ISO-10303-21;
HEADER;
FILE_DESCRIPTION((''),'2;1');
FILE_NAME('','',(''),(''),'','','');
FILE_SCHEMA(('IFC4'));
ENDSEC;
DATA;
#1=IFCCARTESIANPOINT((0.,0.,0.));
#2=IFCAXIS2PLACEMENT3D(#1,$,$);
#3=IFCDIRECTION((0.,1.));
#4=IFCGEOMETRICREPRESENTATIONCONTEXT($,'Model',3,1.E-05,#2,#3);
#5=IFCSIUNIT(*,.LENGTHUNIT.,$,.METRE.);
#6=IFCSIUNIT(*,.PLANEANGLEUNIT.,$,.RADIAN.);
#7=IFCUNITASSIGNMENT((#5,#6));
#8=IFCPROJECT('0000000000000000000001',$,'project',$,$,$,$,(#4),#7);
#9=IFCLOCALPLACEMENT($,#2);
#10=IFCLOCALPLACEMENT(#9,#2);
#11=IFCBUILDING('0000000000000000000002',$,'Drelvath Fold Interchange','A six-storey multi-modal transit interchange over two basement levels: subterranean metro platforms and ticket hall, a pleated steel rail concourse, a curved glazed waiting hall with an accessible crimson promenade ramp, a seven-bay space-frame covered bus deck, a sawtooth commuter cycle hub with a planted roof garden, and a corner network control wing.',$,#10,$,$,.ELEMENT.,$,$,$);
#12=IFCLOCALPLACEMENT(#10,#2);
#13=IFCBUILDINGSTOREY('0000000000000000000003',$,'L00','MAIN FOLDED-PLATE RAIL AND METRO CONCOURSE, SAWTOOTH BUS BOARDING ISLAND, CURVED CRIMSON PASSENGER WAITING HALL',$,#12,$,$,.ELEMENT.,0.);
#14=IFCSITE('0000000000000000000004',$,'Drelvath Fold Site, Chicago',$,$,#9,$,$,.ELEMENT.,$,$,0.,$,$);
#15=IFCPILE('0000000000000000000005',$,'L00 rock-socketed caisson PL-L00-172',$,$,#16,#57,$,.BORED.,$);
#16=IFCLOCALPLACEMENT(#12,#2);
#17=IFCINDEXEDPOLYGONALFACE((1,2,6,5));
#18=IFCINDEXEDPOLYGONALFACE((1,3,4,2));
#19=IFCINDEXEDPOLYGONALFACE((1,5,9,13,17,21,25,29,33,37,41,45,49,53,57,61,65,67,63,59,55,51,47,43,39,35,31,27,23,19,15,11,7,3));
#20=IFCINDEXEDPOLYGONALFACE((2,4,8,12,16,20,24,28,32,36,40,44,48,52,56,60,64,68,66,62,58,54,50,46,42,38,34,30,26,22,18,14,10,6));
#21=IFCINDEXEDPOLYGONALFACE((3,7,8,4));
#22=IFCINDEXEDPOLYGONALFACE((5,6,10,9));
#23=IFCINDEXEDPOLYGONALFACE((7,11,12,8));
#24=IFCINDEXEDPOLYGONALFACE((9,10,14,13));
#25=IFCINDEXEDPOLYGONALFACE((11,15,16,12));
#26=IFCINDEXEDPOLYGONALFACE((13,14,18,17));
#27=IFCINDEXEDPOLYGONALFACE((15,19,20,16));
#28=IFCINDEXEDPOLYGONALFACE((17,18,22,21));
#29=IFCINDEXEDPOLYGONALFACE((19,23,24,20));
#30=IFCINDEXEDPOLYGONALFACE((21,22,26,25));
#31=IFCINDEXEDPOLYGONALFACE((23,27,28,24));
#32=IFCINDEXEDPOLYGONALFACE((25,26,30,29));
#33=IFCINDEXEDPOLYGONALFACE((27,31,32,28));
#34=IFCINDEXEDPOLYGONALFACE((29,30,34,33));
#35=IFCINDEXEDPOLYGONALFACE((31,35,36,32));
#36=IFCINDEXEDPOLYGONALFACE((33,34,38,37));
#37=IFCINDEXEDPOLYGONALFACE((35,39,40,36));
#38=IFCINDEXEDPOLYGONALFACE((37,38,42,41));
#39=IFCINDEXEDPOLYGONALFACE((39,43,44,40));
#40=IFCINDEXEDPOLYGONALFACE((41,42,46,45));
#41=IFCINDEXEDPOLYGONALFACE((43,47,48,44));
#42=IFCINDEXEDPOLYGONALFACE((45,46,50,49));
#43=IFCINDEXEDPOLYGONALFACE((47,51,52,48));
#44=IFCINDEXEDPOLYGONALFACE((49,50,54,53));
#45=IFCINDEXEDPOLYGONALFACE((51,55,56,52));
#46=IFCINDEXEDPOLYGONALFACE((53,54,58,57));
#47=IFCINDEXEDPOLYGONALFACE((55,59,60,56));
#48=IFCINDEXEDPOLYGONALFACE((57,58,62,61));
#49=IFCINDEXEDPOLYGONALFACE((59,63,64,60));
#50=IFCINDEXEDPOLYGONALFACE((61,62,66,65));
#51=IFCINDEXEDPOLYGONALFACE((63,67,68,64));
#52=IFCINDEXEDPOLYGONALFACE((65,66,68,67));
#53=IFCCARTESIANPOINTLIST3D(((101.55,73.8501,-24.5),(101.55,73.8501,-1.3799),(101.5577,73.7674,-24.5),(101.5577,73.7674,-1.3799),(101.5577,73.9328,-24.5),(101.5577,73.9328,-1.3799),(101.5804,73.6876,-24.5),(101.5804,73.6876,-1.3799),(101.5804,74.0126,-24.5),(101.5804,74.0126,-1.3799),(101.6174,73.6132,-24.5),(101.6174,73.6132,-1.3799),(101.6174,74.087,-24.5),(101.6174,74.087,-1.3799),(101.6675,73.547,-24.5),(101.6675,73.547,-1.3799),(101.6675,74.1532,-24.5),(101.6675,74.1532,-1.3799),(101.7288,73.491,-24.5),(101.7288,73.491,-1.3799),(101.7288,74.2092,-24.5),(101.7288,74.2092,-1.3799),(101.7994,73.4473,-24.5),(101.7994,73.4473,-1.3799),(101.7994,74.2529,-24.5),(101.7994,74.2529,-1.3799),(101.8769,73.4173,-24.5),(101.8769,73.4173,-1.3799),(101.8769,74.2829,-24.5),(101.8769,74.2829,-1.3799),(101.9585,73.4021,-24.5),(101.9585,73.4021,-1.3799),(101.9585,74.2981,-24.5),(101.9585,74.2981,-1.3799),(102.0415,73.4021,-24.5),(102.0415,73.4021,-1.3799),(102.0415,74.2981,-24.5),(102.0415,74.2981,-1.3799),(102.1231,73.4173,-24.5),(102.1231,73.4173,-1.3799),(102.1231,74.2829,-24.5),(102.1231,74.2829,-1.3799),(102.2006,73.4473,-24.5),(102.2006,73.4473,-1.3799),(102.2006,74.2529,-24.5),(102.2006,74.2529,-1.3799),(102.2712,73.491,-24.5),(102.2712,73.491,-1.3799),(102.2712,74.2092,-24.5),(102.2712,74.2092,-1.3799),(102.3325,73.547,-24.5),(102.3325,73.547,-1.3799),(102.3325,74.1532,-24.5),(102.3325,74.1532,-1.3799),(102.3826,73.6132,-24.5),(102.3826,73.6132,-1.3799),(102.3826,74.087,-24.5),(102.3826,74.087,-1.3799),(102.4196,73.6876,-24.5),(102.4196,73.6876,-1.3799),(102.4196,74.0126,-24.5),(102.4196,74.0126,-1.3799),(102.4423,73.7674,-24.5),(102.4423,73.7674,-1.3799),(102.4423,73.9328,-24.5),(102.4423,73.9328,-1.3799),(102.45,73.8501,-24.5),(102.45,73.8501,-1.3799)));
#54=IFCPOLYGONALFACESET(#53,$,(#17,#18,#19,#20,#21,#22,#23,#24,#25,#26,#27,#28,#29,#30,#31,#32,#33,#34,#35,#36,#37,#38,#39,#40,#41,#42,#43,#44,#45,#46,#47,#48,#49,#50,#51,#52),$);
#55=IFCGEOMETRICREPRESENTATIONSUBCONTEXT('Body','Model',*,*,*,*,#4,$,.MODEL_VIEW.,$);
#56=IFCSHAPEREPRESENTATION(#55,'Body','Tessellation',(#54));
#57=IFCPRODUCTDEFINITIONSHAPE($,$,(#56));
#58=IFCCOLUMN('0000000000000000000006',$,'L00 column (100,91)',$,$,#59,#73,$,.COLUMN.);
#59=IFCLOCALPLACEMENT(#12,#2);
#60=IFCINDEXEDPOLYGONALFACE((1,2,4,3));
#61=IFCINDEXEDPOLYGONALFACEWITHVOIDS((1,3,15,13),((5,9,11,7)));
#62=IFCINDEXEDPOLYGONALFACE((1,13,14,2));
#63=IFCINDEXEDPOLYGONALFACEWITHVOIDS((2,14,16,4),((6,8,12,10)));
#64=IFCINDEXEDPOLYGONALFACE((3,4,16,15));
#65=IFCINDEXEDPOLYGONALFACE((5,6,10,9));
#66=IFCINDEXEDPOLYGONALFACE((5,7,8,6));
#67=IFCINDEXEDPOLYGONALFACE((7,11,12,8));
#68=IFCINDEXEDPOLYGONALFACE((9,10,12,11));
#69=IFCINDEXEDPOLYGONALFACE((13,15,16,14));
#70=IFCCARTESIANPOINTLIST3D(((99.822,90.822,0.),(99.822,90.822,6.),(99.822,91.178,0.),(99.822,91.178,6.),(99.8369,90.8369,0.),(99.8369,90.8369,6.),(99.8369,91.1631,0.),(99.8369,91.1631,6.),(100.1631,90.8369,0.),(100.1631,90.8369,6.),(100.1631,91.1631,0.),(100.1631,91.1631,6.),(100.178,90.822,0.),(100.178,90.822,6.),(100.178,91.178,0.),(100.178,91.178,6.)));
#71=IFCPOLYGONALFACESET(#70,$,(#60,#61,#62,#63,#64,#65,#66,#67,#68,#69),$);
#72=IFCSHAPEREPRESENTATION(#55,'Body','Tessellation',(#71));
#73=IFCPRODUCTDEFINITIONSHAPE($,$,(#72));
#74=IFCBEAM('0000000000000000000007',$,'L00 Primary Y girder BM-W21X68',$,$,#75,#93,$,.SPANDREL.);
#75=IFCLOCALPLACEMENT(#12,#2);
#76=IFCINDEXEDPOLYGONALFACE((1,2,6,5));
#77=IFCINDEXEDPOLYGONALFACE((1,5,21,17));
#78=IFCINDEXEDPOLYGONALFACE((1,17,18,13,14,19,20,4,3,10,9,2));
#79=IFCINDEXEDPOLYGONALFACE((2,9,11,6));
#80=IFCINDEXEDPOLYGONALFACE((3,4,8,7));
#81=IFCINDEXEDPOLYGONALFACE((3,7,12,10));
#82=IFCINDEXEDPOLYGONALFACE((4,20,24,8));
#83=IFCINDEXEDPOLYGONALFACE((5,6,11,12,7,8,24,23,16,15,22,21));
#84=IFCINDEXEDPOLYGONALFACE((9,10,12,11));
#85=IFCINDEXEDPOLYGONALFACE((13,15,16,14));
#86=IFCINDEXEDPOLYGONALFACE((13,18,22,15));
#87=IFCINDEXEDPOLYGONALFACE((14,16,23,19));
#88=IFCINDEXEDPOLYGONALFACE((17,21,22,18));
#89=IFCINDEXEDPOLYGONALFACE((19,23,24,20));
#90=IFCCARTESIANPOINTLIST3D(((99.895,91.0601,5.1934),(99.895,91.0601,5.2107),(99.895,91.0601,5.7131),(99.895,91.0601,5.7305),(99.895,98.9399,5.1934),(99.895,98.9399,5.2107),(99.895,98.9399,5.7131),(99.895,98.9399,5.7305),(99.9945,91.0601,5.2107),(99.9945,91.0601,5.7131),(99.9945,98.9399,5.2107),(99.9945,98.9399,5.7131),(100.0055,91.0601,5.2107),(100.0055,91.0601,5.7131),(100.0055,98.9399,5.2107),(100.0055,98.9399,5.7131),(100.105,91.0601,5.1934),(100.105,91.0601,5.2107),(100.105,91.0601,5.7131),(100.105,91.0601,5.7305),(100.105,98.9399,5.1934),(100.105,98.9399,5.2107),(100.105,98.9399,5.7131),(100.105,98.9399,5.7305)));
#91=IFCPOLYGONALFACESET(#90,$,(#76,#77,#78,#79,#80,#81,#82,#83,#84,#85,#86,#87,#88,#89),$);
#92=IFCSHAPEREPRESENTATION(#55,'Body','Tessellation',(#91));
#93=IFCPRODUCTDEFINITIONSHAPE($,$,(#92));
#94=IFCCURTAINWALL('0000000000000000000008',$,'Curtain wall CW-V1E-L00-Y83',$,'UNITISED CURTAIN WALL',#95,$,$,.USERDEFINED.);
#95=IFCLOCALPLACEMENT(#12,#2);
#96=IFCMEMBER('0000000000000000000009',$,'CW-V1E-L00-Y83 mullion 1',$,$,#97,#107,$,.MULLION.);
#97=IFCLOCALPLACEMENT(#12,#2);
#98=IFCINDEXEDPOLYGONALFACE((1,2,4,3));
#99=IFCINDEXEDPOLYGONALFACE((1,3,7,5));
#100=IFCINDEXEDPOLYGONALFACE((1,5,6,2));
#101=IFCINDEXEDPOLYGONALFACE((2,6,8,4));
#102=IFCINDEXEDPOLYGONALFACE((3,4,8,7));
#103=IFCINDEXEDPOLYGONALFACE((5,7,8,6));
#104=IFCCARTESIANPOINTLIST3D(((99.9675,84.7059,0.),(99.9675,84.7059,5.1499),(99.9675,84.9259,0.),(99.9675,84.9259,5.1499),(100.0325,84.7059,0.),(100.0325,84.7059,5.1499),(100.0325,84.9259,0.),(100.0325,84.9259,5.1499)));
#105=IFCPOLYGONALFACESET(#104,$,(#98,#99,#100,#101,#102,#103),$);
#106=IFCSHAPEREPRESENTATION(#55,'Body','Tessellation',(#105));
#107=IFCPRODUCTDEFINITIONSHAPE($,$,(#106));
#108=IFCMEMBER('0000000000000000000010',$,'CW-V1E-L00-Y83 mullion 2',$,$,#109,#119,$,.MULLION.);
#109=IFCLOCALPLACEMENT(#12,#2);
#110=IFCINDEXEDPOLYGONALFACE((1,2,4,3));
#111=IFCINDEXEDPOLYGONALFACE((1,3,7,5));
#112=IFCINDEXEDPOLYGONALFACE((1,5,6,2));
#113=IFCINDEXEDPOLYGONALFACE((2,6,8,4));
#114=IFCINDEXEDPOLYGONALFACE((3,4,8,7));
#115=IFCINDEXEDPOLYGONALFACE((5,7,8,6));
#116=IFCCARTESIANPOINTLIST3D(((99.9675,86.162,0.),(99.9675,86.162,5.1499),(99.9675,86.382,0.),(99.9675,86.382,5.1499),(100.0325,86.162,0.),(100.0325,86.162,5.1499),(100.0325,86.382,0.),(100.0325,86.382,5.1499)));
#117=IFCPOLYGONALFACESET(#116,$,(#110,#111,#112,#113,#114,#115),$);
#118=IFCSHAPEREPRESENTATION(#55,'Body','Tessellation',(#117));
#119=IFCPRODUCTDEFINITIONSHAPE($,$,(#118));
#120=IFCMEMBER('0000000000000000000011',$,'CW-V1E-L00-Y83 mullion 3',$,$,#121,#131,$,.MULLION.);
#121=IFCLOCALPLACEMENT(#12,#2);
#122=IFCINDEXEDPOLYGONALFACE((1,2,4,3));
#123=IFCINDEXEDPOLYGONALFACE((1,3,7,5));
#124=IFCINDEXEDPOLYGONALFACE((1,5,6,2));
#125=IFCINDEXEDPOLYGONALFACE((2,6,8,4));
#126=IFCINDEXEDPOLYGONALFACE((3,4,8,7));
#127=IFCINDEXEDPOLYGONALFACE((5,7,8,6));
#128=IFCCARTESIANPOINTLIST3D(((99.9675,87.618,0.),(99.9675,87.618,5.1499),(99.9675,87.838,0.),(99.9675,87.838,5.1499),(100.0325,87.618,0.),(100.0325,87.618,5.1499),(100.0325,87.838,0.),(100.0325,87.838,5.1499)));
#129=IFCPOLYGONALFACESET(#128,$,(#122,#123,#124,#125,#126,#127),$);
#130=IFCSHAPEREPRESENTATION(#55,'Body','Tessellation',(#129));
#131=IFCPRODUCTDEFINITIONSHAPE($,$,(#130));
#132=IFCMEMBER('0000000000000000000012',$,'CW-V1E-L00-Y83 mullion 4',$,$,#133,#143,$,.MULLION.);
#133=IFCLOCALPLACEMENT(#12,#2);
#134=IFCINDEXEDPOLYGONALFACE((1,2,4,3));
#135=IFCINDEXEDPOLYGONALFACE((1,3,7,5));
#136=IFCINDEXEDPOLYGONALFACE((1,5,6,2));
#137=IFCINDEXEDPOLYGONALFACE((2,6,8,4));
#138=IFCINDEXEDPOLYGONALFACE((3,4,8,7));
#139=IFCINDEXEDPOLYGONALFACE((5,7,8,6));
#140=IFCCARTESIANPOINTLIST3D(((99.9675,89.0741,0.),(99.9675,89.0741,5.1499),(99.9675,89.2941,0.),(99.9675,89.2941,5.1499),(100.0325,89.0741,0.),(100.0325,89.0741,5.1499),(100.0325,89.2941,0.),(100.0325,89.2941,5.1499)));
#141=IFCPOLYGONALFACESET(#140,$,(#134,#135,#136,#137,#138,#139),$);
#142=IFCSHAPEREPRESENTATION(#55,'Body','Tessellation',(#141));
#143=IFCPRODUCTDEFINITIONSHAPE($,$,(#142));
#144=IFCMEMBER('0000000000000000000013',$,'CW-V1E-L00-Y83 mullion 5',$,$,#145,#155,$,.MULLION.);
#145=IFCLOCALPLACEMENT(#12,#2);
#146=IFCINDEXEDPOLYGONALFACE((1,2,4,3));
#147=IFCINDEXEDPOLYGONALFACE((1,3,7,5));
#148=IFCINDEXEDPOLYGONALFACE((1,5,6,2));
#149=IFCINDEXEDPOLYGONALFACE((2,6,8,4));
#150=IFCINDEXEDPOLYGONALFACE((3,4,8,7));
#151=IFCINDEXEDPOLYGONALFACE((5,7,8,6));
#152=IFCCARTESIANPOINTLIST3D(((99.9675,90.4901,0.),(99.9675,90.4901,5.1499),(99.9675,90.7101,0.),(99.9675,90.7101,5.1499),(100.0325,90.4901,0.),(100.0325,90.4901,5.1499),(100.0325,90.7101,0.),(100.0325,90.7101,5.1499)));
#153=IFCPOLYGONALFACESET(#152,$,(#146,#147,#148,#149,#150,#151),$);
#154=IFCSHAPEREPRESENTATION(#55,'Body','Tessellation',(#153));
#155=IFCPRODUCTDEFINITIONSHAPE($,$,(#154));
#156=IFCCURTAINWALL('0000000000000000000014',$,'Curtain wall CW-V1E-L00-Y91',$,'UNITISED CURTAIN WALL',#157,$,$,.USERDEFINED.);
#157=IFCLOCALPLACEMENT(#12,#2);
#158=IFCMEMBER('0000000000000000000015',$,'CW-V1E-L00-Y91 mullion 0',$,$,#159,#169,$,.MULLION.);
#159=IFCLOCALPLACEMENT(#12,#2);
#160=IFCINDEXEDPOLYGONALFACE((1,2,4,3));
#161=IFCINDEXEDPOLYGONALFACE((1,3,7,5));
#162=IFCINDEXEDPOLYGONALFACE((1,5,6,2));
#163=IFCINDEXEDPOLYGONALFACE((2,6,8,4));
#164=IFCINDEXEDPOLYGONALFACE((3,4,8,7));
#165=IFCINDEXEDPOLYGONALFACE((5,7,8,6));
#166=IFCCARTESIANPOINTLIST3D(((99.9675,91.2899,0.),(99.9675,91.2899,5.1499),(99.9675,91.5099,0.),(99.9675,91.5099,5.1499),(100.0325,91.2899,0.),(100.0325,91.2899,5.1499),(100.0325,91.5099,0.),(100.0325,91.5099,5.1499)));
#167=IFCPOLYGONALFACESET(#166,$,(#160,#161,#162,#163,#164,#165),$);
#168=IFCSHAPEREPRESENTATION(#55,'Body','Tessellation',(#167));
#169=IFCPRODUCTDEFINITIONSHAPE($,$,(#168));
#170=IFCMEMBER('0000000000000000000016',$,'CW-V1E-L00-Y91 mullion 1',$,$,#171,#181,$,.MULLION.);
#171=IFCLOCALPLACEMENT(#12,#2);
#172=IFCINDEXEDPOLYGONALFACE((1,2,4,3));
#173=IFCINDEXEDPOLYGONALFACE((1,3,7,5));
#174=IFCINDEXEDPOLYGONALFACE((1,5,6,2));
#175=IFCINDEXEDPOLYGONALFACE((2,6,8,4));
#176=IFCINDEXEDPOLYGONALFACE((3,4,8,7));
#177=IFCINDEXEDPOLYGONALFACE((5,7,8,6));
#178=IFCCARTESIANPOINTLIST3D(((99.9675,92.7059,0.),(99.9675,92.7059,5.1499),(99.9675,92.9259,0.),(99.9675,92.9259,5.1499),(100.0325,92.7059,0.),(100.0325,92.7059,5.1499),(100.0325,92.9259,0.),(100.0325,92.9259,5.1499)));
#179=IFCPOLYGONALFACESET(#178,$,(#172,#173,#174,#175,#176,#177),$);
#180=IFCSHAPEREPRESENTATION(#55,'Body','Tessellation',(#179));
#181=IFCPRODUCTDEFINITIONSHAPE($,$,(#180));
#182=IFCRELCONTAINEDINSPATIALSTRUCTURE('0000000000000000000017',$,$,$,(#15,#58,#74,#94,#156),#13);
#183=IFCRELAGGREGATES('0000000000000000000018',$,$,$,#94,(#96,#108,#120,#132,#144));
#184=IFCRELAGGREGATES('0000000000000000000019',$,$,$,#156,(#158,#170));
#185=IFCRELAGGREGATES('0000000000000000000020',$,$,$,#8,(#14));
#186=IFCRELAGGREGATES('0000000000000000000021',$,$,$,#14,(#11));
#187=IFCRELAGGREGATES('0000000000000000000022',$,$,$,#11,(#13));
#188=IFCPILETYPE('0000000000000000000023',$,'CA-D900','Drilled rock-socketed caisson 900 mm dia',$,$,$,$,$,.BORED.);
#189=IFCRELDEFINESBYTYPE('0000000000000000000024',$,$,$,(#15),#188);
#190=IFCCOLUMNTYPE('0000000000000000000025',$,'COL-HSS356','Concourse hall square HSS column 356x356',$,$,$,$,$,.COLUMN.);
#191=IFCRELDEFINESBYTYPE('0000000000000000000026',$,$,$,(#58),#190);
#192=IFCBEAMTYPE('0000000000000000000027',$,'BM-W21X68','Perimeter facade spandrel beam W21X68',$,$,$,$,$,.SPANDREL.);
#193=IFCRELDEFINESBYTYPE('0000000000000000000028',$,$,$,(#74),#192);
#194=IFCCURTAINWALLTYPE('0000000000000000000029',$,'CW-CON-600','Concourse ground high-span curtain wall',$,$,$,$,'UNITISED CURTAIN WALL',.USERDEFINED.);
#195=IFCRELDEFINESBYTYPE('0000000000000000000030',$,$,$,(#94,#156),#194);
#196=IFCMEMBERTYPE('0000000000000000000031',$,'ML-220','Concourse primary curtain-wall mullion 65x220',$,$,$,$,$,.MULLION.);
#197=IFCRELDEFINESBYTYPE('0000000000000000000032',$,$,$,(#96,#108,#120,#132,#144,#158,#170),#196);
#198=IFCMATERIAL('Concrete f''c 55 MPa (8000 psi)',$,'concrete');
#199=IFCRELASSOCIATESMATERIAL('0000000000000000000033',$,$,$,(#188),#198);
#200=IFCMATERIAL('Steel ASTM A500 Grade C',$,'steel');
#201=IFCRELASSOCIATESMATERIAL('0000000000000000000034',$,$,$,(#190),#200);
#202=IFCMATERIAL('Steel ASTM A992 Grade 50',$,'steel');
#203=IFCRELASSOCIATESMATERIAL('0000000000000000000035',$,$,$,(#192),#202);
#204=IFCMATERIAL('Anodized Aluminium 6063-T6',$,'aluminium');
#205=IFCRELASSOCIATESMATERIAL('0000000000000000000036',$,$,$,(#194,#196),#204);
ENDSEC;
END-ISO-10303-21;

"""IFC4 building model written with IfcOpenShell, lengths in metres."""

from ifc_helpers import new_model, si_unit, direction, frame, origin, origin_2d, place, context, subcontext, project, spatial, rectangle, hollow_rectangle, circle, i_section, extrude, material, material_profile, profile_set, type_object, element, aggregate, save


model = new_model("IFC4")

# Units and contexts
model_context = context("Model", 3, precision=1e-05, world=origin(), true_north=direction((0.0, 1.0)))
body_context = subcontext(model_context, "Body", "Model", "MODEL_VIEW")
ifc_project = project(units=[si_unit("LENGTHUNIT", "METRE"), si_unit("PLANEANGLEUNIT", "RADIAN")], contexts=[model_context])

# Site, building, storey
site_placement = place(None, origin())
site = spatial("IfcSite", under=ifc_project, at=site_placement, Name="Drelvath Fold Site, Chicago", CompositionType="ELEMENT", RefElevation=0.0)
building_placement = place(site_placement, origin())
building = spatial("IfcBuilding", under=site, at=building_placement, Name="Drelvath Fold Interchange", Description="A six-storey multi-modal transit interchange over two basement levels: subterranean metro platforms and ticket hall, a pleated steel rail concourse, a curved glazed waiting hall with an accessible crimson promenade ramp, a seven-bay space-frame covered bus deck, a sawtooth commuter cycle hub with a planted roof garden, and a corner network control wing.", CompositionType="ELEMENT")
storey_placement = place(building_placement, origin())
storey = spatial("IfcBuildingStorey", under=building, at=storey_placement, Name="L00", Description="MAIN FOLDED-PLATE RAIL AND METRO CONCOURSE, SAWTOOTH BUS BOARDING ISLAND, CURVED CRIMSON PASSENGER WAITING HALL", CompositionType="ELEMENT", Elevation=0.0)

# Pile
ifc_material_1 = material(Name="Concrete f'c 55 MPa (8000 psi)", Category="concrete")
ifc_material_profile_1 = material_profile(ifc_material_1, circle(Radius=0.45, at=origin_2d()), Name="CAISSON D900")
ifc_profile_set_1 = profile_set([ifc_material_profile_1], Name="Concrete f'c 55 MPa (8000 psi)")
pile_type = type_object("IfcPileType", Name="CA-D900", Description="Drilled rock-socketed caisson 900 mm dia", PredefinedType="BORED", material=ifc_profile_set_1)
pile_placement = place(storey_placement, frame((102.0, 73.8501, -1.3799), z_axis=(0.0, 0.0, -1.0), x_axis=(1.0, 0.0, 0.0)))
element("IfcPile", 1, at=pile_placement, inside=storey, type_object=pile_type, Name="L00 rock-socketed caisson PL-L00-172", PredefinedType="BORED", context=body_context, shape_type="SweptSolid", body=[
    extrude(circle(Radius=0.45, at=origin_2d()), origin(), (0.0, 0.0, 1.0), 23.1201),
])

# Column
ifc_material_2 = material(Name="Steel ASTM A500 Grade C", Category="steel")
ifc_material_profile_2 = material_profile(ifc_material_2, hollow_rectangle(XDim=0.356, YDim=0.356, WallThickness=0.0149, at=origin_2d()), Name="HSS14X14X5/8")
ifc_profile_set_2 = profile_set([ifc_material_profile_2], Name="Steel ASTM A500 Grade C")
column_type = type_object("IfcColumnType", Name="COL-HSS356", Description="Concourse hall square HSS column 356x356", PredefinedType="COLUMN", material=ifc_profile_set_2)
column_placement = place(storey_placement, frame((100.0, 91.0, 0.0), z_axis=(0.0, 0.0, 1.0), x_axis=(1.0, 0.0, 0.0)))
element("IfcColumn", 2, at=column_placement, inside=storey, type_object=column_type, Name="L00 column (100,91)", PredefinedType="COLUMN", context=body_context, shape_type="SweptSolid", body=[
    extrude(hollow_rectangle(XDim=0.356, YDim=0.356, WallThickness=0.0149, at=origin_2d()), origin(), (0.0, 0.0, 1.0), 6.0),
])

# Beam
ifc_material_3 = material(Name="Steel ASTM A992 Grade 50", Category="steel")
ifc_material_profile_3 = material_profile(ifc_material_3, i_section(OverallWidth=0.21, OverallDepth=0.5371, WebThickness=0.011, FlangeThickness=0.0173, at=origin_2d()), Name="W21X68")
ifc_profile_set_3 = profile_set([ifc_material_profile_3], Name="Steel ASTM A992 Grade 50")
beam_type = type_object("IfcBeamType", Name="BM-W21X68", Description="Perimeter facade spandrel beam W21X68", PredefinedType="SPANDREL", material=ifc_profile_set_3)
beam_placement = place(storey_placement, frame((100.0, 91.0601, 5.4619), z_axis=(0.0, 1.0, 0.0), x_axis=(-1.0, 0.0, 0.0)))
element("IfcBeam", 3, at=beam_placement, inside=storey, type_object=beam_type, Name="L00 Primary Y girder BM-W21X68", PredefinedType="SPANDREL", context=body_context, shape_type="SweptSolid", body=[
    extrude(i_section(OverallWidth=0.21, OverallDepth=0.5371, WebThickness=0.011, FlangeThickness=0.0173, at=origin_2d()), origin(), (0.0, 0.0, 1.0), 7.8799),
])

# Curtain walls, members
ifc_material_4 = material(Name="Anodized Aluminium 6063-T6", Category="aluminium")
curtain_wall_type = type_object("IfcCurtainWallType", Name="CW-CON-600", Description="Concourse ground high-span curtain wall", ElementType="UNITISED CURTAIN WALL", PredefinedType="USERDEFINED", material=ifc_material_4)
curtain_wall_1_placement = place(storey_placement, origin())
curtain_wall_1 = element("IfcCurtainWall", 4, at=curtain_wall_1_placement, inside=storey, type_object=curtain_wall_type, Name="Curtain wall CW-V1E-L00-Y83", ObjectType="UNITISED CURTAIN WALL", PredefinedType="USERDEFINED")
ifc_material_profile_4 = material_profile(ifc_material_4, rectangle(XDim=0.0649, YDim=0.22, at=origin_2d()), Name="AL-M 65x220")
ifc_profile_set_4 = profile_set([ifc_material_profile_4], Name="Anodized Aluminium 6063-T6")
member_type_1 = type_object("IfcMemberType", Name="ML-220", Description="Concourse primary curtain-wall mullion 65x220", PredefinedType="MULLION", material=ifc_profile_set_4)
member_1_placement = place(storey_placement, frame((100.0, 84.8159, 0.0), z_axis=(0.0, 0.0, 1.0), x_axis=(1.0, 0.0, 0.0)))
member_1 = element("IfcMember", 5, at=member_1_placement, type_object=member_type_1, Name="CW-V1E-L00-Y83 mullion 1", PredefinedType="MULLION", context=body_context, shape_type="SweptSolid", body=[
    extrude(rectangle(XDim=0.0649, YDim=0.22, at=origin_2d()), origin(), (0.0, 0.0, 1.0), 5.1499),
])
member_2_placement = place(storey_placement, frame((100.0, 86.272, 0.0), z_axis=(0.0, 0.0, 1.0), x_axis=(1.0, 0.0, 0.0)))
member_2 = element("IfcMember", 6, at=member_2_placement, type_object=member_type_1, Name="CW-V1E-L00-Y83 mullion 2", PredefinedType="MULLION", context=body_context, shape_type="SweptSolid", body=[
    extrude(rectangle(XDim=0.0649, YDim=0.22, at=origin_2d()), origin(), (0.0, 0.0, 1.0), 5.1499),
])
member_3_placement = place(storey_placement, frame((100.0, 87.728, 0.0), z_axis=(0.0, 0.0, 1.0), x_axis=(1.0, 0.0, 0.0)))
member_3 = element("IfcMember", 7, at=member_3_placement, type_object=member_type_1, Name="CW-V1E-L00-Y83 mullion 3", PredefinedType="MULLION", context=body_context, shape_type="SweptSolid", body=[
    extrude(rectangle(XDim=0.0649, YDim=0.22, at=origin_2d()), origin(), (0.0, 0.0, 1.0), 5.1499),
])
member_4_placement = place(storey_placement, frame((100.0, 89.1841, 0.0), z_axis=(0.0, 0.0, 1.0), x_axis=(1.0, 0.0, 0.0)))
member_4 = element("IfcMember", 8, at=member_4_placement, type_object=member_type_1, Name="CW-V1E-L00-Y83 mullion 4", PredefinedType="MULLION", context=body_context, shape_type="SweptSolid", body=[
    extrude(rectangle(XDim=0.0649, YDim=0.22, at=origin_2d()), origin(), (0.0, 0.0, 1.0), 5.1499),
])
member_5_placement = place(storey_placement, frame((100.0, 90.6001, 0.0), z_axis=(0.0, 0.0, 1.0), x_axis=(1.0, 0.0, 0.0)))
member_5 = element("IfcMember", 9, at=member_5_placement, type_object=member_type_1, Name="CW-V1E-L00-Y83 mullion 5", PredefinedType="MULLION", context=body_context, shape_type="SweptSolid", body=[
    extrude(rectangle(XDim=0.0649, YDim=0.22, at=origin_2d()), origin(), (0.0, 0.0, 1.0), 5.1499),
])
curtain_wall_2_placement = place(storey_placement, origin())
curtain_wall_2 = element("IfcCurtainWall", 10, at=curtain_wall_2_placement, inside=storey, type_object=curtain_wall_type, Name="Curtain wall CW-V1E-L00-Y91", ObjectType="UNITISED CURTAIN WALL", PredefinedType="USERDEFINED")
member_6_placement = place(storey_placement, frame((100.0, 91.3999, 0.0), z_axis=(0.0, 0.0, 1.0), x_axis=(1.0, 0.0, 0.0)))
member_6 = element("IfcMember", 11, at=member_6_placement, type_object=member_type_1, Name="CW-V1E-L00-Y91 mullion 0", PredefinedType="MULLION", context=body_context, shape_type="SweptSolid", body=[
    extrude(rectangle(XDim=0.0649, YDim=0.22, at=origin_2d()), origin(), (0.0, 0.0, 1.0), 5.1499),
])
member_7_placement = place(storey_placement, frame((100.0, 92.8159, 0.0), z_axis=(0.0, 0.0, 1.0), x_axis=(1.0, 0.0, 0.0)))
member_7 = element("IfcMember", 12, at=member_7_placement, type_object=member_type_1, Name="CW-V1E-L00-Y91 mullion 1", PredefinedType="MULLION", context=body_context, shape_type="SweptSolid", body=[
    extrude(rectangle(XDim=0.0649, YDim=0.22, at=origin_2d()), origin(), (0.0, 0.0, 1.0), 5.1499),
])

aggregate(curtain_wall_1, [member_1, member_2, member_3, member_4, member_5])
aggregate(curtain_wall_2, [member_6, member_7])

save(model, "model.ifc")
